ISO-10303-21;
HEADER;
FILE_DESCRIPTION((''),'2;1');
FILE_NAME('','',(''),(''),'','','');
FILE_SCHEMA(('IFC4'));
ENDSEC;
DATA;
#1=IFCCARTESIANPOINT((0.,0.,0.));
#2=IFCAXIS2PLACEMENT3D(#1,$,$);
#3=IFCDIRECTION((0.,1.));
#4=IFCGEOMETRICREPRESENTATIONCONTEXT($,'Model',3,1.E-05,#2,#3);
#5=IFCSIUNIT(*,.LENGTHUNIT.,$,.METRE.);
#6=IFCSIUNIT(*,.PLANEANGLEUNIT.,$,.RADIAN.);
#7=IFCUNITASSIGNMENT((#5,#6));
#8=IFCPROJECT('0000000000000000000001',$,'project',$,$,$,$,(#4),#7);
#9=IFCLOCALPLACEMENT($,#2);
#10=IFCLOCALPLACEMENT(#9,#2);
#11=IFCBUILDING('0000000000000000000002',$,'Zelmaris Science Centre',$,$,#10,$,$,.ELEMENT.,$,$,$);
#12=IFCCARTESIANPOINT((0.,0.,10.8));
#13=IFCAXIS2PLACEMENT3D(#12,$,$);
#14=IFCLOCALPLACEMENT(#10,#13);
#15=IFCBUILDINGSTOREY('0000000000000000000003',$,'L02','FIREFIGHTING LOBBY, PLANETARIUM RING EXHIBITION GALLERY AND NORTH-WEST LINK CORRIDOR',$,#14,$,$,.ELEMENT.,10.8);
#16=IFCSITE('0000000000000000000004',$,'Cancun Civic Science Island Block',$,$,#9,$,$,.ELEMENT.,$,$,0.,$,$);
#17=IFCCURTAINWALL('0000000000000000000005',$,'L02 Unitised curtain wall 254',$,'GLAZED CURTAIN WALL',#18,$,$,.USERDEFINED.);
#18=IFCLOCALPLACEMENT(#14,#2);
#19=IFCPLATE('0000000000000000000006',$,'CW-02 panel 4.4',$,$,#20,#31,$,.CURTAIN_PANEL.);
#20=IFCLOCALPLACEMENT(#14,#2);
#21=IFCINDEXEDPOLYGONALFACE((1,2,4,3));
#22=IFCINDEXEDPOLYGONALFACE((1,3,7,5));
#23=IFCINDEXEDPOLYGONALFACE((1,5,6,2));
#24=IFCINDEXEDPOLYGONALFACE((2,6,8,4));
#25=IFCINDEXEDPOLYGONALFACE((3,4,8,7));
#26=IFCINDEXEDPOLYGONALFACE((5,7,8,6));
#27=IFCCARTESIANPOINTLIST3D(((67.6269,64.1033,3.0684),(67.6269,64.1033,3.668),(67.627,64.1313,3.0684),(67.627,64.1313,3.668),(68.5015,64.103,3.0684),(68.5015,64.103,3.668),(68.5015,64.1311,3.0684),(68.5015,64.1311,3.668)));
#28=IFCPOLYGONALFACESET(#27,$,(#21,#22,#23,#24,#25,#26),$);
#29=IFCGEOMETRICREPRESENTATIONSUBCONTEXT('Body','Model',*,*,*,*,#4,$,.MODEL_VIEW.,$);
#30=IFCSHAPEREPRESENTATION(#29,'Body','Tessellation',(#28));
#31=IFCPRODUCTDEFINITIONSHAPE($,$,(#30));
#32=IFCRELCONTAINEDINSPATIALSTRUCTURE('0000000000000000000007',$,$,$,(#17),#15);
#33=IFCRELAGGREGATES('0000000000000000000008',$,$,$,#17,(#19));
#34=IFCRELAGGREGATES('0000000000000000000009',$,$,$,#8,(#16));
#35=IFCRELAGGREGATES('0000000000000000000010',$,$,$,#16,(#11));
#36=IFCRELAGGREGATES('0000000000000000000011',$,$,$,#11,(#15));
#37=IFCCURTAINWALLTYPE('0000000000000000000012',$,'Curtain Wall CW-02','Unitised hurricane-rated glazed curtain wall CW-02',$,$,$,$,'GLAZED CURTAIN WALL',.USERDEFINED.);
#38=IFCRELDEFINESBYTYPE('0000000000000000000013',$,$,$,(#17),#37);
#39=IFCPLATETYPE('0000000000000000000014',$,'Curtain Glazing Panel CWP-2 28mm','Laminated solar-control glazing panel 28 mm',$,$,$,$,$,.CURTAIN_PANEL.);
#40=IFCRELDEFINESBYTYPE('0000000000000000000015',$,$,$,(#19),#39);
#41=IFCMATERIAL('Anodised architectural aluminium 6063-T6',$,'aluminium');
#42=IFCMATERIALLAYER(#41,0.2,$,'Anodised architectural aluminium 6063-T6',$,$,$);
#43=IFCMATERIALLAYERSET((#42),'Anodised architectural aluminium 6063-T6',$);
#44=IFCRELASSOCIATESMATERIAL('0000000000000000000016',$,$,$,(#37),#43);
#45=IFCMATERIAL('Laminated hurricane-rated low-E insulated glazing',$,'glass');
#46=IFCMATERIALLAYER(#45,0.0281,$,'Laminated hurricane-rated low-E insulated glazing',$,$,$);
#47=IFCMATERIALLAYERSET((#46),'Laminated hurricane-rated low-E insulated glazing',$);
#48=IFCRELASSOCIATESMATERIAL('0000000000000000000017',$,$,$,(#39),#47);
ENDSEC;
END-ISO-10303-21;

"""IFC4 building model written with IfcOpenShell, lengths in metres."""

from ifc_helpers import new_model, si_unit, direction, frame, origin, origin_2d, place, context, subcontext, project, spatial, rectangle, extrude, material, layer, layer_set, type_object, element, aggregate, save


model = new_model("IFC4")

# Units and contexts
model_context = context("Model", 3, precision=1e-05, world=origin(), true_north=direction((0.0, 1.0)))
body_context = subcontext(model_context, "Body", "Model", "MODEL_VIEW")
ifc_project = project(units=[si_unit("LENGTHUNIT", "METRE"), si_unit("PLANEANGLEUNIT", "RADIAN")], contexts=[model_context])

# Site, building, storey
site_placement = place(None, origin())
site = spatial("IfcSite", under=ifc_project, at=site_placement, Name="Cancun Civic Science Island Block", CompositionType="ELEMENT", RefElevation=0.0)
building_placement = place(site_placement, origin())
building = spatial("IfcBuilding", under=site, at=building_placement, Name="Zelmaris Science Centre", CompositionType="ELEMENT")
storey_placement = place(building_placement, frame((0.0, 0.0, 10.8)))
storey = spatial("IfcBuildingStorey", under=building, at=storey_placement, Name="L02", Description="FIREFIGHTING LOBBY, PLANETARIUM RING EXHIBITION GALLERY AND NORTH-WEST LINK CORRIDOR", CompositionType="ELEMENT", Elevation=10.8)

# Curtain wall
ifc_material_1 = material(Name="Anodised architectural aluminium 6063-T6", Category="aluminium")
ifc_layer_1 = layer(ifc_material_1, 0.2, Name="Anodised architectural aluminium 6063-T6")
ifc_layer_set_1 = layer_set([ifc_layer_1], Name="Anodised architectural aluminium 6063-T6")
curtain_wall_type = type_object("IfcCurtainWallType", Name="Curtain Wall CW-02", Description="Unitised hurricane-rated glazed curtain wall CW-02", ElementType="GLAZED CURTAIN WALL", PredefinedType="USERDEFINED", material=ifc_layer_set_1)
curtain_wall_placement = place(storey_placement, origin())
curtain_wall = element("IfcCurtainWall", 1, at=curtain_wall_placement, inside=storey, type_object=curtain_wall_type, Name="L02 Unitised curtain wall 254", ObjectType="GLAZED CURTAIN WALL", PredefinedType="USERDEFINED")

# Plate
ifc_material_2 = material(Name="Laminated hurricane-rated low-E insulated glazing", Category="glass")
ifc_layer_2 = layer(ifc_material_2, 0.0281, Name="Laminated hurricane-rated low-E insulated glazing")
ifc_layer_set_2 = layer_set([ifc_layer_2], Name="Laminated hurricane-rated low-E insulated glazing")
plate_type = type_object("IfcPlateType", Name="Curtain Glazing Panel CWP-2 28mm", Description="Laminated solar-control glazing panel 28 mm", PredefinedType="CURTAIN_PANEL", material=ifc_layer_set_2)
plate_1_placement = place(storey_placement, frame((68.0642, 64.1172, 3.0684), z_axis=(0.0, 0.0, 1.0), x_axis=(-1.0, 0.000231, 0.0)))
plate_1 = element("IfcPlate", 2, at=plate_1_placement, type_object=plate_type, Name="CW-02 panel 4.4", PredefinedType="CURTAIN_PANEL", context=body_context, shape_type="SweptSolid", body=[
    extrude(rectangle(XDim=0.8745, YDim=0.0281, at=origin_2d()), origin(), (0.0, 0.0, 1.0), 0.5996),
])
aggregate(curtain_wall, [plate_1])

save(model, "model.ifc")
